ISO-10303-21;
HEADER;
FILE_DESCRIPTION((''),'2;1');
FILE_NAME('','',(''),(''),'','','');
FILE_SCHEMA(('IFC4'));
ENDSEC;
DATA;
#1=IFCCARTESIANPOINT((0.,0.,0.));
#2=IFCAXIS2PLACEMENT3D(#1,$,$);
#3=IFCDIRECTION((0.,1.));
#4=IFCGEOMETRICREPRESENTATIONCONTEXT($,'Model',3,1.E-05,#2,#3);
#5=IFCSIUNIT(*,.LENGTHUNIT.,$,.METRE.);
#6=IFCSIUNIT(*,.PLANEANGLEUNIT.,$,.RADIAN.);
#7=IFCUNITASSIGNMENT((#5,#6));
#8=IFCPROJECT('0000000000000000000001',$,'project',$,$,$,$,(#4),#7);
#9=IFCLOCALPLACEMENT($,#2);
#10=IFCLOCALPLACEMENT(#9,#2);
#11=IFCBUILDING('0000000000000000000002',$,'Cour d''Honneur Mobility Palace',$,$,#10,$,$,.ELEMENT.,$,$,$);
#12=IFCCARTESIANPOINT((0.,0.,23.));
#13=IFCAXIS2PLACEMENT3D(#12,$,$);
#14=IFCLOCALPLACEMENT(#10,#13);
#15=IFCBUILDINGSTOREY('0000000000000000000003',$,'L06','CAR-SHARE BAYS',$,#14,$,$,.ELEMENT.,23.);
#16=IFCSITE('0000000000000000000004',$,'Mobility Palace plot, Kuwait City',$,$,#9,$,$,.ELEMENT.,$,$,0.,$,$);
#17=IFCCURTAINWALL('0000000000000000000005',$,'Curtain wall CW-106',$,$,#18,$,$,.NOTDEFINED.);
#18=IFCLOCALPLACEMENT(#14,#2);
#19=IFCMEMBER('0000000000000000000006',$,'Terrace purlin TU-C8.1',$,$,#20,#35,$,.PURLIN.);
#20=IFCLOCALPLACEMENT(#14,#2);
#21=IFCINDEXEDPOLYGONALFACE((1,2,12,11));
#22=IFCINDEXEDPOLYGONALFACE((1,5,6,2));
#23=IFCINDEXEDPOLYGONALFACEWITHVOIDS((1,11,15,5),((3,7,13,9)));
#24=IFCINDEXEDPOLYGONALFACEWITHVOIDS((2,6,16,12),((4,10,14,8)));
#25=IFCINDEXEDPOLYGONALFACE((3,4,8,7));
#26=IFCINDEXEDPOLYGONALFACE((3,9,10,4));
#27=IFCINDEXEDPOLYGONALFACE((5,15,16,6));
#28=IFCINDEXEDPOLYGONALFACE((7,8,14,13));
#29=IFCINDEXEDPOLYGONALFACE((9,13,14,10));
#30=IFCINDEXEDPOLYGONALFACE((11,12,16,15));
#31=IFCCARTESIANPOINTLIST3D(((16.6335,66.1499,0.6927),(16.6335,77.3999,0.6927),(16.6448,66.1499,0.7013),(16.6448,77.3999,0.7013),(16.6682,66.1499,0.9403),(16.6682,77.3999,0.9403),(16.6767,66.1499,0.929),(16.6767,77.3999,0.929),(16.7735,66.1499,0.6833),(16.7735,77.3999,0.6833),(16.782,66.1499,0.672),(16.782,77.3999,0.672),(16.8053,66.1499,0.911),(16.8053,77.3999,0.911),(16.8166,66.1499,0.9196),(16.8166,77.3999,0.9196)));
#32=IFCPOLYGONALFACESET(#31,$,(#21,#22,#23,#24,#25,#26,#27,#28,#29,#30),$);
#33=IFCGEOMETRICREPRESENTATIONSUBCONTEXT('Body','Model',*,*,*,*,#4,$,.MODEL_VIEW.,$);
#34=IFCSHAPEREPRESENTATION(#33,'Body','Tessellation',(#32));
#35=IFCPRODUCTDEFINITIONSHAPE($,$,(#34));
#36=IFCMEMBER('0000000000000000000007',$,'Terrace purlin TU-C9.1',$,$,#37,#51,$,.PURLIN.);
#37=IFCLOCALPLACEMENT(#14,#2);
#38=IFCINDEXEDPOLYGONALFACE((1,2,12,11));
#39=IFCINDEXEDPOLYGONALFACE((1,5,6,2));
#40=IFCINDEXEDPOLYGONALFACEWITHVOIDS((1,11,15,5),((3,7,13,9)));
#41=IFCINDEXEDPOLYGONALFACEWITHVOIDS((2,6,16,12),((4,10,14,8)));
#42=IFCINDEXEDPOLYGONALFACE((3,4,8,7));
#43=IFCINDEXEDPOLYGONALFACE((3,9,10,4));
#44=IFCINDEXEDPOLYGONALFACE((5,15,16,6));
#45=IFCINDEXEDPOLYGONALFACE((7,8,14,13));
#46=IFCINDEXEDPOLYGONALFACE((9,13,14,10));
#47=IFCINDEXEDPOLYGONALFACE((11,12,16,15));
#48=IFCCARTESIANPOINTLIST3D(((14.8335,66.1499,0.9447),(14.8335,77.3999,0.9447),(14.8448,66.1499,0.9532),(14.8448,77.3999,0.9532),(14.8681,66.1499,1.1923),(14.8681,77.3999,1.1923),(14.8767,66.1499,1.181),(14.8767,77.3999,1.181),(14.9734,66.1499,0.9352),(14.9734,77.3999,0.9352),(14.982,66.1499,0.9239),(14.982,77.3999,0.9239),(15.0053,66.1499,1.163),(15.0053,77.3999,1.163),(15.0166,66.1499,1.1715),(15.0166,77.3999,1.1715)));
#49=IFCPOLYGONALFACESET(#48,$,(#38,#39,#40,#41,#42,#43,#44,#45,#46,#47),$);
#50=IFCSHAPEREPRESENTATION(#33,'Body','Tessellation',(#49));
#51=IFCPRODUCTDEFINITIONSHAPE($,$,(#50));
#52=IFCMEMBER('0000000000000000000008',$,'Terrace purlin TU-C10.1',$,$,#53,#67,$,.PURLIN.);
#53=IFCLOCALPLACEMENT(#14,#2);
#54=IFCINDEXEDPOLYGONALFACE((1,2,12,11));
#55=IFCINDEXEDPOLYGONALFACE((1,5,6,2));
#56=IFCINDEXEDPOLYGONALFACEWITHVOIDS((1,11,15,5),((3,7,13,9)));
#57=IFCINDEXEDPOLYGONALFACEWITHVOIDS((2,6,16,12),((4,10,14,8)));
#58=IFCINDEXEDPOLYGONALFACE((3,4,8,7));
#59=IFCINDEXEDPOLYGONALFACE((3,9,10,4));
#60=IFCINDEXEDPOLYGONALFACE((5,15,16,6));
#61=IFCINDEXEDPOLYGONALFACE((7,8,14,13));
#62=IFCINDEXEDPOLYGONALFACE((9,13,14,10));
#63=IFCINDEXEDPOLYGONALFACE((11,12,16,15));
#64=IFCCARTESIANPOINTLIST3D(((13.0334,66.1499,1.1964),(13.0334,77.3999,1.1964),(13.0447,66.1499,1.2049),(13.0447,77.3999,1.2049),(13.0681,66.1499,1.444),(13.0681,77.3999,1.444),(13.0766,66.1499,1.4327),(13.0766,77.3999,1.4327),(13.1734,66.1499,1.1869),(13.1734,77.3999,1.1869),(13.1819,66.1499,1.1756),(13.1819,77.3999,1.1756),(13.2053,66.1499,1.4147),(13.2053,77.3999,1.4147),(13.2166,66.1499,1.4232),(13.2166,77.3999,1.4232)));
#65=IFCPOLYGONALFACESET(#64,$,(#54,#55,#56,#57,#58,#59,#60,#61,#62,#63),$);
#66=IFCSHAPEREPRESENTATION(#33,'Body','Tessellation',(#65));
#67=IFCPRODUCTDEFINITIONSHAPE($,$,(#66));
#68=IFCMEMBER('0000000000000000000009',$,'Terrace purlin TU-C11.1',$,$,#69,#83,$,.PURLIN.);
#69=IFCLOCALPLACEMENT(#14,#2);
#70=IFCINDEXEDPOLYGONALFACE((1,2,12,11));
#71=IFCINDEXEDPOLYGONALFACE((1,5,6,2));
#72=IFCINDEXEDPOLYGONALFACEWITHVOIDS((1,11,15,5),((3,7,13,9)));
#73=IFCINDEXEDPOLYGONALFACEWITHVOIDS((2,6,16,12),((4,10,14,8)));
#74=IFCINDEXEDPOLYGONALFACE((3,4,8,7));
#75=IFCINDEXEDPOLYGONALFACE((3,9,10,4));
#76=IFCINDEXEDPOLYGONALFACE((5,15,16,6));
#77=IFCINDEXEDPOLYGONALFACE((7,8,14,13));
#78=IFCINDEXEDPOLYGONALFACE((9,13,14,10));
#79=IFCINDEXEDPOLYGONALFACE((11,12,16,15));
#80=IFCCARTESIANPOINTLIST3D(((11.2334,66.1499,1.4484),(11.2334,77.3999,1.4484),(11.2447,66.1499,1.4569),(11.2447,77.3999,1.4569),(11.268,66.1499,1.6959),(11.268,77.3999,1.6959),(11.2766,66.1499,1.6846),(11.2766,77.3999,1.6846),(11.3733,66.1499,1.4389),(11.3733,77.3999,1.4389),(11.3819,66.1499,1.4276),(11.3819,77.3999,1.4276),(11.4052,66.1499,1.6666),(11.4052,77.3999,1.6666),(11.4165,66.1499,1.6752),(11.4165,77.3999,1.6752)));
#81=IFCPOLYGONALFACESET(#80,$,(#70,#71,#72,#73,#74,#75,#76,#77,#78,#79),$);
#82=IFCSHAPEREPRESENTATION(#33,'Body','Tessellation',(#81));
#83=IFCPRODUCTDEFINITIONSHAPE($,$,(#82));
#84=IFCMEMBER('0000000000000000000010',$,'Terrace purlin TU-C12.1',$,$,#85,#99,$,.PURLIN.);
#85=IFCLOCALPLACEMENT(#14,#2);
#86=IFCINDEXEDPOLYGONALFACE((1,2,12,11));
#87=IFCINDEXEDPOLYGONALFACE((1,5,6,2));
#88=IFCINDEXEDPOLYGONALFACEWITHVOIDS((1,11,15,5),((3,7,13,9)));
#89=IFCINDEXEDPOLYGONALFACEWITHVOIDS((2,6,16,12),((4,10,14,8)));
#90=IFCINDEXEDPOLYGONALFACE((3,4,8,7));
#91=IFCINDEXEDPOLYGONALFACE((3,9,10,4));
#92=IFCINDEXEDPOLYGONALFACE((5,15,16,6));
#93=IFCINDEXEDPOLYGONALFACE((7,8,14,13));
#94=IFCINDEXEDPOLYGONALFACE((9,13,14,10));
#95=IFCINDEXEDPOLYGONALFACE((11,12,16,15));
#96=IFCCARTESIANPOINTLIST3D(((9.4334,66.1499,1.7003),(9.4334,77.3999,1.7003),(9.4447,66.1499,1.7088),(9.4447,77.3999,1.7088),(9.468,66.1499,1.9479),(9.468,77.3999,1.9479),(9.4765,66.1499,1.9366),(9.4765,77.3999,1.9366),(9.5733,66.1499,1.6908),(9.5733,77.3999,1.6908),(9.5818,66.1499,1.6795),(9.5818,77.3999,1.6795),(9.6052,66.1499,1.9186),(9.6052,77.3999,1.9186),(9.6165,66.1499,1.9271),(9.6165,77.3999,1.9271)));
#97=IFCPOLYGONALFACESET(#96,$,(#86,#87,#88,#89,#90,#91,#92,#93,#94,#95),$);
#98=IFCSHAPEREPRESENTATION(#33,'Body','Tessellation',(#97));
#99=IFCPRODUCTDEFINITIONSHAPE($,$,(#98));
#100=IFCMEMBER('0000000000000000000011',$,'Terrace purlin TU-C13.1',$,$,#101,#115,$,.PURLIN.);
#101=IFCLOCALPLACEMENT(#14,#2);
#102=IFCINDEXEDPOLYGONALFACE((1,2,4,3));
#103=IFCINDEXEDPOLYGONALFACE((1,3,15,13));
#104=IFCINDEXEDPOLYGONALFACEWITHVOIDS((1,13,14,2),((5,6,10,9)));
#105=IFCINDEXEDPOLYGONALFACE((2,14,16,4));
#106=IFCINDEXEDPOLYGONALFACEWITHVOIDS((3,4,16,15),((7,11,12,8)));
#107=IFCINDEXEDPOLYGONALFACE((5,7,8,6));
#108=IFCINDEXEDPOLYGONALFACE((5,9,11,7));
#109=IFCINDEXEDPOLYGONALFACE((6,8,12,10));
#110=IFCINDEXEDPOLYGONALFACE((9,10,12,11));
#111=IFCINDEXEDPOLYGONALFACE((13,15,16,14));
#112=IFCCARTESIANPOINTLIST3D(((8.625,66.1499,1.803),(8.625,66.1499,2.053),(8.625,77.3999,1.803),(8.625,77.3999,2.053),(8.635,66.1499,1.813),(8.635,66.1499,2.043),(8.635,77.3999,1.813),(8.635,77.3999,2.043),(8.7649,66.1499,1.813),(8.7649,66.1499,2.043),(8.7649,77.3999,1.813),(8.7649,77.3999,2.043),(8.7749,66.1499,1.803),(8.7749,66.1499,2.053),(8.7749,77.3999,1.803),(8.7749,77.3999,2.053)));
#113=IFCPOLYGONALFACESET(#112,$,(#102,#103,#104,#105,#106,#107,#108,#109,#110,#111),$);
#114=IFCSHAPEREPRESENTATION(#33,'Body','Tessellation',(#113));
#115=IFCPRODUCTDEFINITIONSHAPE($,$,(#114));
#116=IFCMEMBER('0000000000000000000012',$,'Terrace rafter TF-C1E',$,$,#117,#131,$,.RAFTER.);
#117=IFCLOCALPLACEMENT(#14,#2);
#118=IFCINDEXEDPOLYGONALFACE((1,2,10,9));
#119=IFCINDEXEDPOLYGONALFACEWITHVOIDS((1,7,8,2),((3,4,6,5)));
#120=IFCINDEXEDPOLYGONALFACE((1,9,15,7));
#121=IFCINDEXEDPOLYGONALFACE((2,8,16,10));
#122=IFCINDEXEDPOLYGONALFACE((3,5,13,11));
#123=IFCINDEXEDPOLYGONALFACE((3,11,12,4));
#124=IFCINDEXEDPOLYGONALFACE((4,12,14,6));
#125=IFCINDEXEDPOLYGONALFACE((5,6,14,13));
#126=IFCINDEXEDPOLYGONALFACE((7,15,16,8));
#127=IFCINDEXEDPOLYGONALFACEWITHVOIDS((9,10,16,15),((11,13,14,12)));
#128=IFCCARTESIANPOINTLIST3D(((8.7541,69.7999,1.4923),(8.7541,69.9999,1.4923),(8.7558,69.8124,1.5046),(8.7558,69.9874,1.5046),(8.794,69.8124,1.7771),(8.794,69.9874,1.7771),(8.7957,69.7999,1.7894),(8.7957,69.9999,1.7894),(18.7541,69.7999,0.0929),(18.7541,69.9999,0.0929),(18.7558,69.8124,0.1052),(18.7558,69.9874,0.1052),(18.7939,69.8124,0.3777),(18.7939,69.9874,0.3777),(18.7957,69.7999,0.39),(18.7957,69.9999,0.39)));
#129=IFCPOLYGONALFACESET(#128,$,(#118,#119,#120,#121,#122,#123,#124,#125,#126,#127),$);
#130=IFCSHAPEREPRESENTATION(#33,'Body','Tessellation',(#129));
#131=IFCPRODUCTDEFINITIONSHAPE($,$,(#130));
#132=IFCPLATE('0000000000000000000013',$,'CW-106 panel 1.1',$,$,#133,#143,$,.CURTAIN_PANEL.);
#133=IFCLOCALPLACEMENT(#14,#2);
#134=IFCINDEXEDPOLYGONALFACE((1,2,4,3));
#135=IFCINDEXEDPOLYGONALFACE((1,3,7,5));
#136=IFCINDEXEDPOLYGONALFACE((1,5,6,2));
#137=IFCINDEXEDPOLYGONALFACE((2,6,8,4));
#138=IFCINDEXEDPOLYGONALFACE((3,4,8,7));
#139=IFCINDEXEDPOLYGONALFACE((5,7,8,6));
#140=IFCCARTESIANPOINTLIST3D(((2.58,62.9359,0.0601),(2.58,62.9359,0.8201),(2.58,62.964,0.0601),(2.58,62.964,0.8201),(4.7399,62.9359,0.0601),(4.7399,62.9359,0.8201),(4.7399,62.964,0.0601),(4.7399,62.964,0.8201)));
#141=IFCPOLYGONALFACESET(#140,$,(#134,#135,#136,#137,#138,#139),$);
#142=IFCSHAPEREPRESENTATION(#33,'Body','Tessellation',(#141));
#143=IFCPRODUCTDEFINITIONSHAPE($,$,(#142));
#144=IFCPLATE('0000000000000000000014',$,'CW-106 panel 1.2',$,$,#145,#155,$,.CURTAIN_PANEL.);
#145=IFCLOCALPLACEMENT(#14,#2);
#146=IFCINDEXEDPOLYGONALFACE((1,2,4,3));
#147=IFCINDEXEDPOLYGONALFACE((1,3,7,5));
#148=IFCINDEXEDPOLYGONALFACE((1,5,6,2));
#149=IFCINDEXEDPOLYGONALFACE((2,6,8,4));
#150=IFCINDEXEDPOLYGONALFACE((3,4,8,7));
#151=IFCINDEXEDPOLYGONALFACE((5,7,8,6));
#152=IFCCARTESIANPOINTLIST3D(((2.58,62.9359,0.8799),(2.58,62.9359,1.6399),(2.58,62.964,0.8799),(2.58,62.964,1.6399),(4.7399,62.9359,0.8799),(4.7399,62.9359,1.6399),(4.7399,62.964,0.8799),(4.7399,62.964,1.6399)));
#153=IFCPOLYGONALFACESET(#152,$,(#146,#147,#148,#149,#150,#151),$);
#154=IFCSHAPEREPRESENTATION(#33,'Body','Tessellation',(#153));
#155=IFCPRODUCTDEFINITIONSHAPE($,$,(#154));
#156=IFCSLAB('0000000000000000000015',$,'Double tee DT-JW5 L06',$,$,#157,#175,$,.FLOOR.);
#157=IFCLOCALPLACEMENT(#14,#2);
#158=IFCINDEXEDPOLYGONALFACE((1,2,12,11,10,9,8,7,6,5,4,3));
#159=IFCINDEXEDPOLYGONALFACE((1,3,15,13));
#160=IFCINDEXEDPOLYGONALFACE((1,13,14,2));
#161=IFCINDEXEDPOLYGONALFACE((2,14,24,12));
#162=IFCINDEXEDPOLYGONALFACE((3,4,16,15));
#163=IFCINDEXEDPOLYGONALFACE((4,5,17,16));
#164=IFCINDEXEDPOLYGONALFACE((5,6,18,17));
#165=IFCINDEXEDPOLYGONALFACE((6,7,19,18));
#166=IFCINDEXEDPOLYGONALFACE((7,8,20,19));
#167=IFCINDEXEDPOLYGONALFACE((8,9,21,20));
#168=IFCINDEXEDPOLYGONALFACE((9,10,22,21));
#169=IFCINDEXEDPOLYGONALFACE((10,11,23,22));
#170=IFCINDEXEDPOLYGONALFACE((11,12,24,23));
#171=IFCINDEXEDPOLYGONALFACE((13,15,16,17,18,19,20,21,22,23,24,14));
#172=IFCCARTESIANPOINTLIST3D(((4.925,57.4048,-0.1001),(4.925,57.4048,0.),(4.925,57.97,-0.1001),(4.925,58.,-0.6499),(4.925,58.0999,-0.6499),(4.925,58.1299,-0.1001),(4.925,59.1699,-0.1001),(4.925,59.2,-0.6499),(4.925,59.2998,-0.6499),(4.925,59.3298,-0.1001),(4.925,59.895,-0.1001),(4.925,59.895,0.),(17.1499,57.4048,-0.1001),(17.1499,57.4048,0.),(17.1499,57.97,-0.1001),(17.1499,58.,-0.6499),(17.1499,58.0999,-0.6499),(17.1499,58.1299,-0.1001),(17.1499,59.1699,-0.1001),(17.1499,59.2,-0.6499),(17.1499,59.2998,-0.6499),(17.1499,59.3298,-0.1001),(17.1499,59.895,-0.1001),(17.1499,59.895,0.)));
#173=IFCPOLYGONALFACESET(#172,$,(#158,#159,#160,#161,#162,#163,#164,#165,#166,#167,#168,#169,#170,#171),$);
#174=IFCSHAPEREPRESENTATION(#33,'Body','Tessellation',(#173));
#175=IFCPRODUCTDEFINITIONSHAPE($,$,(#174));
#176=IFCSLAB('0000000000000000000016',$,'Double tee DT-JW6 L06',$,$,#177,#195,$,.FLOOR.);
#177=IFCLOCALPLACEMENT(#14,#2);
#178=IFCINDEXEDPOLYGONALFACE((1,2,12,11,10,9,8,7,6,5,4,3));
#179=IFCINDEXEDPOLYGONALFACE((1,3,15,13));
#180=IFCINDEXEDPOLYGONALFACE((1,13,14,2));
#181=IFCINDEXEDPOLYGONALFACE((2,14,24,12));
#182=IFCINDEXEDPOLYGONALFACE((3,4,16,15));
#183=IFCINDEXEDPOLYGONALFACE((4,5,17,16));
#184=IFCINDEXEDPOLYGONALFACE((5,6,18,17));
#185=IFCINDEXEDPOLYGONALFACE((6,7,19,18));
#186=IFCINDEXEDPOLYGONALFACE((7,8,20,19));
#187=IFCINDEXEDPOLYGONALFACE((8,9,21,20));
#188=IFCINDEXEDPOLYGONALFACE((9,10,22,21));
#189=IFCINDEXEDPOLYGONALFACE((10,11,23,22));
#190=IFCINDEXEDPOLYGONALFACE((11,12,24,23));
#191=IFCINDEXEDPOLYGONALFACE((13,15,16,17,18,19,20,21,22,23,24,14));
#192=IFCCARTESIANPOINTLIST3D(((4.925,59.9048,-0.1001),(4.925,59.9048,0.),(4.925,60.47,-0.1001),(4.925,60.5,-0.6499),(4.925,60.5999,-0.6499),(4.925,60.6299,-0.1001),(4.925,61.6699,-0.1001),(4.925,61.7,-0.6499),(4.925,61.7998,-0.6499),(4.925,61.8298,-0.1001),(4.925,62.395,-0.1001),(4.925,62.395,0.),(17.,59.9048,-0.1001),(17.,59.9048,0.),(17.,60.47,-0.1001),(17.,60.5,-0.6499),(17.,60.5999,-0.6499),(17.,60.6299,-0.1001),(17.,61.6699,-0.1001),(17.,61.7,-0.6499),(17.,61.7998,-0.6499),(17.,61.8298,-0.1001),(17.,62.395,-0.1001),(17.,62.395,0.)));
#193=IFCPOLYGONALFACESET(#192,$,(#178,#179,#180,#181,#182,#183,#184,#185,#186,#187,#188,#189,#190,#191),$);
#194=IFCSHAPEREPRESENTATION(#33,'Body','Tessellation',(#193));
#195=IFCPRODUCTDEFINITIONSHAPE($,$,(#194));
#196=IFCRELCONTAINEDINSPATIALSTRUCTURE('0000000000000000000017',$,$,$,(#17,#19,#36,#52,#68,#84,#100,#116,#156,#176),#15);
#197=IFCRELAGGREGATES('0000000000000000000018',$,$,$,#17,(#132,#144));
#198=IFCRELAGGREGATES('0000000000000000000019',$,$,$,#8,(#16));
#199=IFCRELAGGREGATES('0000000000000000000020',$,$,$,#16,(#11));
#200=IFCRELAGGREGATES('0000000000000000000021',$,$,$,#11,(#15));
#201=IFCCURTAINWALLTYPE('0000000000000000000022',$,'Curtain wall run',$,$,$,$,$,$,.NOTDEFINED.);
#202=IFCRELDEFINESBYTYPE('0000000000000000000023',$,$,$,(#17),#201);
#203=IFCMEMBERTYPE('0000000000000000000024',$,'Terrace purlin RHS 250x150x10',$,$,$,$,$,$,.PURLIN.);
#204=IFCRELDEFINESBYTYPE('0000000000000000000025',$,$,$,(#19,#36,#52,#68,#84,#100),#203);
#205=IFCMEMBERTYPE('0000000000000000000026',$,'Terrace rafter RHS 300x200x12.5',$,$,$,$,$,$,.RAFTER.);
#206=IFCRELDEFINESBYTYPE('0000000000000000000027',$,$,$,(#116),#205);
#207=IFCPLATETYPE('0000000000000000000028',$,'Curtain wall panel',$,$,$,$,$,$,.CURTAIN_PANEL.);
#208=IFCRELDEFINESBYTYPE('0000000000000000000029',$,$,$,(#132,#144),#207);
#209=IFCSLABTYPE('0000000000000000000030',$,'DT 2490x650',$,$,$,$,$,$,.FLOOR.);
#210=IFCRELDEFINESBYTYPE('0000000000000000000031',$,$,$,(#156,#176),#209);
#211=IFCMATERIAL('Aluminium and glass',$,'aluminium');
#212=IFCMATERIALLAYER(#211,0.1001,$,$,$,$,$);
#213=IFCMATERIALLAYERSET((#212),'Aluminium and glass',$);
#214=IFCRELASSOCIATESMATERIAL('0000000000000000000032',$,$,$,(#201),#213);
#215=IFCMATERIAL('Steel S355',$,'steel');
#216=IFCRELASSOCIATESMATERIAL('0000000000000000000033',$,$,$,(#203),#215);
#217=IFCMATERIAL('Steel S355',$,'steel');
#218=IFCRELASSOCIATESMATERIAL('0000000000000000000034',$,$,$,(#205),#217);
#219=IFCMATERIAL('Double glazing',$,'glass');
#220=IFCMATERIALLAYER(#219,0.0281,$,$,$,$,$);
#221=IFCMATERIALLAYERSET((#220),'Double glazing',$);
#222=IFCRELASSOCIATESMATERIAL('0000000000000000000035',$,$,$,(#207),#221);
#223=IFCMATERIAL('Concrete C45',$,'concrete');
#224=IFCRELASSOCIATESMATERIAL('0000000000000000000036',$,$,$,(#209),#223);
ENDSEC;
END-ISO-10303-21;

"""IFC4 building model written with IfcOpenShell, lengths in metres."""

from ifc_helpers import new_model, si_unit, direction, frame, origin, origin_2d, place, context, subcontext, project, spatial, polyline, rectangle, hollow_rectangle, outline, extrude, material, layer, layer_set, material_profile, profile_set, type_object, element, aggregate, save


model = new_model("IFC4")

# Units and contexts
model_context = context("Model", 3, precision=1e-05, world=origin(), true_north=direction((0.0, 1.0)))
body_context = subcontext(model_context, "Body", "Model", "MODEL_VIEW")
ifc_project = project(units=[si_unit("LENGTHUNIT", "METRE"), si_unit("PLANEANGLEUNIT", "RADIAN")], contexts=[model_context])

# Site, building, storey
site_placement = place(None, origin())
site = spatial("IfcSite", under=ifc_project, at=site_placement, Name="Mobility Palace plot, Kuwait City", CompositionType="ELEMENT", RefElevation=0.0)
building_placement = place(site_placement, origin())
building = spatial("IfcBuilding", under=site, at=building_placement, Name="Cour d'Honneur Mobility Palace", CompositionType="ELEMENT")
storey_placement = place(building_placement, frame((0.0, 0.0, 23.0)))
storey = spatial("IfcBuildingStorey", under=building, at=storey_placement, Name="L06", Description="CAR-SHARE BAYS", CompositionType="ELEMENT", Elevation=23.0)

# Curtain wall
ifc_material_1 = material(Name="Aluminium and glass", Category="aluminium")
ifc_layer_1 = layer(ifc_material_1, 0.1001)
ifc_layer_set_1 = layer_set([ifc_layer_1], Name="Aluminium and glass")
curtain_wall_type = type_object("IfcCurtainWallType", Name="Curtain wall run", PredefinedType="NOTDEFINED", material=ifc_layer_set_1)
curtain_wall_placement = place(storey_placement, origin())
curtain_wall = element("IfcCurtainWall", 1, at=curtain_wall_placement, inside=storey, type_object=curtain_wall_type, Name="Curtain wall CW-106", PredefinedType="NOTDEFINED")

# Members
ifc_material_2 = material(Name="Steel S355", Category="steel")
ifc_material_profile_1 = material_profile(ifc_material_2, hollow_rectangle(XDim=0.1499, YDim=0.25, WallThickness=0.01, at=origin_2d()), Name="RHS 250x150x10")
ifc_profile_set_1 = profile_set([ifc_material_profile_1], Name="Steel S355")
member_type_1 = type_object("IfcMemberType", Name="Terrace purlin RHS 250x150x10", PredefinedType="PURLIN", material=ifc_profile_set_1)
for number, where, z_axis, x_axis, name in (
    (2, (16.7251, 66.1499, 0.8062), (0.0, 1.0, 0.0), (-0.99035, 0.0, 0.138591), "Terrace purlin TU-C8.1"),
    (3, (14.925, 66.1499, 1.0581), (0.0, 1.0, 0.0), (-0.99035, 0.0, 0.138591), "Terrace purlin TU-C9.1"),
    (4, (13.125, 66.1499, 1.3098), (0.0, 1.0, 0.0), (-0.99035, 0.0, 0.138591), "Terrace purlin TU-C10.1"),
    (5, (11.325, 66.1499, 1.5618), (0.0, 1.0, 0.0), (-0.99035, 0.0, 0.138591), "Terrace purlin TU-C11.1"),
    (6, (9.5249, 66.1499, 1.8137), (0.0, 1.0, 0.0), (-0.99035, 0.0, 0.138591), "Terrace purlin TU-C12.1"),
    (7, (8.7, 66.1499, 1.928), (0.0, 1.0, 0.0), (-1.0, 0.0, 0.0), "Terrace purlin TU-C13.1"),
):
    element("IfcMember", number, at=place(storey_placement, frame(where, z_axis=z_axis, x_axis=x_axis)), inside=storey, type_object=member_type_1, Name=name, PredefinedType="PURLIN", context=body_context, shape_type="SweptSolid", body=[
        extrude(hollow_rectangle(XDim=0.1499, YDim=0.25, WallThickness=0.01, at=origin_2d()), origin(), (0.0, 0.0, 1.0), 11.25),
    ])
ifc_material_3 = material(Name="Steel S355", Category="steel")
ifc_material_profile_2 = material_profile(ifc_material_3, hollow_rectangle(XDim=0.2, YDim=0.3, WallThickness=0.0125, at=origin_2d()), Name="RHS 300x200x12.5")
ifc_profile_set_2 = profile_set([ifc_material_profile_2], Name="Steel S355")
member_type_2 = type_object("IfcMemberType", Name="Terrace rafter RHS 300x200x12.5", PredefinedType="RAFTER", material=ifc_profile_set_2)
member_1_placement = place(storey_placement, frame((8.7749, 69.8999, 1.6409), z_axis=(0.99035, 0.0, -0.138591), x_axis=(0.0, 1.0, 0.0)))
element("IfcMember", 8, at=member_1_placement, inside=storey, type_object=member_type_2, Name="Terrace rafter TF-C1E", PredefinedType="RAFTER", context=body_context, shape_type="SweptSolid", body=[
    extrude(hollow_rectangle(XDim=0.2, YDim=0.3, WallThickness=0.0125, at=origin_2d()), origin(), (0.0, 0.0, 1.0), 10.0974),
])

# Plates
ifc_material_4 = material(Name="Double glazing", Category="glass")
ifc_layer_2 = layer(ifc_material_4, 0.0281)
ifc_layer_set_2 = layer_set([ifc_layer_2], Name="Double glazing")
plate_type = type_object("IfcPlateType", Name="Curtain wall panel", PredefinedType="CURTAIN_PANEL", material=ifc_layer_set_2)
plate_1_placement = place(storey_placement, frame((3.6599, 62.95, 0.0601), z_axis=(0.0, 0.0, 1.0), x_axis=(-1.0, 0.0, 0.0)))
plate_1 = element("IfcPlate", 9, at=plate_1_placement, type_object=plate_type, Name="CW-106 panel 1.1", PredefinedType="CURTAIN_PANEL", context=body_context, shape_type="SweptSolid", body=[
    extrude(rectangle(XDim=2.1599, YDim=0.0281, at=origin_2d()), origin(), (0.0, 0.0, 1.0), 0.76),
])
plate_2_placement = place(storey_placement, frame((3.6599, 62.95, 0.8799), z_axis=(0.0, 0.0, 1.0), x_axis=(-1.0, 0.0, 0.0)))
plate_2 = element("IfcPlate", 10, at=plate_2_placement, type_object=plate_type, Name="CW-106 panel 1.2", PredefinedType="CURTAIN_PANEL", context=body_context, shape_type="SweptSolid", body=[
    extrude(rectangle(XDim=2.1599, YDim=0.0281, at=origin_2d()), origin(), (0.0, 0.0, 1.0), 0.76),
])
aggregate(curtain_wall, [plate_1, plate_2])

# Slabs
ifc_material_5 = material(Name="Concrete C45", Category="concrete")
ifc_material_profile_3 = material_profile(ifc_material_5, outline(polyline([(-1.2451, 0.0), (1.2451, 0.0), (1.2451, -0.1001), (0.6799, -0.1001), (0.6499, -0.6499), (0.55, -0.6499), (0.52, -0.1001), (-0.52, -0.1001), (-0.55, -0.6499), (-0.6499, -0.6499), (-0.6799, -0.1001), (-1.2451, -0.1001), (-1.2451, 0.0)])), Name="DT 2490x650")
ifc_profile_set_3 = profile_set([ifc_material_profile_3], Name="Concrete C45")
slab_type = type_object("IfcSlabType", Name="DT 2490x650", PredefinedType="FLOOR", material=ifc_profile_set_3)
slab_1_placement = place(storey_placement, frame((4.925, 58.6499, 0.0), z_axis=(1.0, 0.0, 0.0), x_axis=(0.0, 1.0, 0.0)))
element("IfcSlab", 11, at=slab_1_placement, inside=storey, type_object=slab_type, Name="Double tee DT-JW5 L06", PredefinedType="FLOOR", context=body_context, shape_type="SweptSolid", body=[
    extrude(outline(polyline([(-1.2451, 0.0), (1.2451, 0.0), (1.2451, -0.1001), (0.6799, -0.1001), (0.6499, -0.6499), (0.55, -0.6499), (0.52, -0.1001), (-0.52, -0.1001), (-0.55, -0.6499), (-0.6499, -0.6499), (-0.6799, -0.1001), (-1.2451, -0.1001), (-1.2451, 0.0)])), origin(), (0.0, 0.0, 1.0), 12.2249),
])
slab_2_placement = place(storey_placement, frame((4.925, 61.1499, 0.0), z_axis=(1.0, 0.0, 0.0), x_axis=(0.0, 1.0, 0.0)))
element("IfcSlab", 12, at=slab_2_placement, inside=storey, type_object=slab_type, Name="Double tee DT-JW6 L06", PredefinedType="FLOOR", context=body_context, shape_type="SweptSolid", body=[
    extrude(outline(polyline([(-1.2451, 0.0), (1.2451, 0.0), (1.2451, -0.1001), (0.6799, -0.1001), (0.6499, -0.6499), (0.55, -0.6499), (0.52, -0.1001), (-0.52, -0.1001), (-0.55, -0.6499), (-0.6499, -0.6499), (-0.6799, -0.1001), (-1.2451, -0.1001), (-1.2451, 0.0)])), origin(), (0.0, 0.0, 1.0), 12.075),
])

save(model, "model.ifc")
